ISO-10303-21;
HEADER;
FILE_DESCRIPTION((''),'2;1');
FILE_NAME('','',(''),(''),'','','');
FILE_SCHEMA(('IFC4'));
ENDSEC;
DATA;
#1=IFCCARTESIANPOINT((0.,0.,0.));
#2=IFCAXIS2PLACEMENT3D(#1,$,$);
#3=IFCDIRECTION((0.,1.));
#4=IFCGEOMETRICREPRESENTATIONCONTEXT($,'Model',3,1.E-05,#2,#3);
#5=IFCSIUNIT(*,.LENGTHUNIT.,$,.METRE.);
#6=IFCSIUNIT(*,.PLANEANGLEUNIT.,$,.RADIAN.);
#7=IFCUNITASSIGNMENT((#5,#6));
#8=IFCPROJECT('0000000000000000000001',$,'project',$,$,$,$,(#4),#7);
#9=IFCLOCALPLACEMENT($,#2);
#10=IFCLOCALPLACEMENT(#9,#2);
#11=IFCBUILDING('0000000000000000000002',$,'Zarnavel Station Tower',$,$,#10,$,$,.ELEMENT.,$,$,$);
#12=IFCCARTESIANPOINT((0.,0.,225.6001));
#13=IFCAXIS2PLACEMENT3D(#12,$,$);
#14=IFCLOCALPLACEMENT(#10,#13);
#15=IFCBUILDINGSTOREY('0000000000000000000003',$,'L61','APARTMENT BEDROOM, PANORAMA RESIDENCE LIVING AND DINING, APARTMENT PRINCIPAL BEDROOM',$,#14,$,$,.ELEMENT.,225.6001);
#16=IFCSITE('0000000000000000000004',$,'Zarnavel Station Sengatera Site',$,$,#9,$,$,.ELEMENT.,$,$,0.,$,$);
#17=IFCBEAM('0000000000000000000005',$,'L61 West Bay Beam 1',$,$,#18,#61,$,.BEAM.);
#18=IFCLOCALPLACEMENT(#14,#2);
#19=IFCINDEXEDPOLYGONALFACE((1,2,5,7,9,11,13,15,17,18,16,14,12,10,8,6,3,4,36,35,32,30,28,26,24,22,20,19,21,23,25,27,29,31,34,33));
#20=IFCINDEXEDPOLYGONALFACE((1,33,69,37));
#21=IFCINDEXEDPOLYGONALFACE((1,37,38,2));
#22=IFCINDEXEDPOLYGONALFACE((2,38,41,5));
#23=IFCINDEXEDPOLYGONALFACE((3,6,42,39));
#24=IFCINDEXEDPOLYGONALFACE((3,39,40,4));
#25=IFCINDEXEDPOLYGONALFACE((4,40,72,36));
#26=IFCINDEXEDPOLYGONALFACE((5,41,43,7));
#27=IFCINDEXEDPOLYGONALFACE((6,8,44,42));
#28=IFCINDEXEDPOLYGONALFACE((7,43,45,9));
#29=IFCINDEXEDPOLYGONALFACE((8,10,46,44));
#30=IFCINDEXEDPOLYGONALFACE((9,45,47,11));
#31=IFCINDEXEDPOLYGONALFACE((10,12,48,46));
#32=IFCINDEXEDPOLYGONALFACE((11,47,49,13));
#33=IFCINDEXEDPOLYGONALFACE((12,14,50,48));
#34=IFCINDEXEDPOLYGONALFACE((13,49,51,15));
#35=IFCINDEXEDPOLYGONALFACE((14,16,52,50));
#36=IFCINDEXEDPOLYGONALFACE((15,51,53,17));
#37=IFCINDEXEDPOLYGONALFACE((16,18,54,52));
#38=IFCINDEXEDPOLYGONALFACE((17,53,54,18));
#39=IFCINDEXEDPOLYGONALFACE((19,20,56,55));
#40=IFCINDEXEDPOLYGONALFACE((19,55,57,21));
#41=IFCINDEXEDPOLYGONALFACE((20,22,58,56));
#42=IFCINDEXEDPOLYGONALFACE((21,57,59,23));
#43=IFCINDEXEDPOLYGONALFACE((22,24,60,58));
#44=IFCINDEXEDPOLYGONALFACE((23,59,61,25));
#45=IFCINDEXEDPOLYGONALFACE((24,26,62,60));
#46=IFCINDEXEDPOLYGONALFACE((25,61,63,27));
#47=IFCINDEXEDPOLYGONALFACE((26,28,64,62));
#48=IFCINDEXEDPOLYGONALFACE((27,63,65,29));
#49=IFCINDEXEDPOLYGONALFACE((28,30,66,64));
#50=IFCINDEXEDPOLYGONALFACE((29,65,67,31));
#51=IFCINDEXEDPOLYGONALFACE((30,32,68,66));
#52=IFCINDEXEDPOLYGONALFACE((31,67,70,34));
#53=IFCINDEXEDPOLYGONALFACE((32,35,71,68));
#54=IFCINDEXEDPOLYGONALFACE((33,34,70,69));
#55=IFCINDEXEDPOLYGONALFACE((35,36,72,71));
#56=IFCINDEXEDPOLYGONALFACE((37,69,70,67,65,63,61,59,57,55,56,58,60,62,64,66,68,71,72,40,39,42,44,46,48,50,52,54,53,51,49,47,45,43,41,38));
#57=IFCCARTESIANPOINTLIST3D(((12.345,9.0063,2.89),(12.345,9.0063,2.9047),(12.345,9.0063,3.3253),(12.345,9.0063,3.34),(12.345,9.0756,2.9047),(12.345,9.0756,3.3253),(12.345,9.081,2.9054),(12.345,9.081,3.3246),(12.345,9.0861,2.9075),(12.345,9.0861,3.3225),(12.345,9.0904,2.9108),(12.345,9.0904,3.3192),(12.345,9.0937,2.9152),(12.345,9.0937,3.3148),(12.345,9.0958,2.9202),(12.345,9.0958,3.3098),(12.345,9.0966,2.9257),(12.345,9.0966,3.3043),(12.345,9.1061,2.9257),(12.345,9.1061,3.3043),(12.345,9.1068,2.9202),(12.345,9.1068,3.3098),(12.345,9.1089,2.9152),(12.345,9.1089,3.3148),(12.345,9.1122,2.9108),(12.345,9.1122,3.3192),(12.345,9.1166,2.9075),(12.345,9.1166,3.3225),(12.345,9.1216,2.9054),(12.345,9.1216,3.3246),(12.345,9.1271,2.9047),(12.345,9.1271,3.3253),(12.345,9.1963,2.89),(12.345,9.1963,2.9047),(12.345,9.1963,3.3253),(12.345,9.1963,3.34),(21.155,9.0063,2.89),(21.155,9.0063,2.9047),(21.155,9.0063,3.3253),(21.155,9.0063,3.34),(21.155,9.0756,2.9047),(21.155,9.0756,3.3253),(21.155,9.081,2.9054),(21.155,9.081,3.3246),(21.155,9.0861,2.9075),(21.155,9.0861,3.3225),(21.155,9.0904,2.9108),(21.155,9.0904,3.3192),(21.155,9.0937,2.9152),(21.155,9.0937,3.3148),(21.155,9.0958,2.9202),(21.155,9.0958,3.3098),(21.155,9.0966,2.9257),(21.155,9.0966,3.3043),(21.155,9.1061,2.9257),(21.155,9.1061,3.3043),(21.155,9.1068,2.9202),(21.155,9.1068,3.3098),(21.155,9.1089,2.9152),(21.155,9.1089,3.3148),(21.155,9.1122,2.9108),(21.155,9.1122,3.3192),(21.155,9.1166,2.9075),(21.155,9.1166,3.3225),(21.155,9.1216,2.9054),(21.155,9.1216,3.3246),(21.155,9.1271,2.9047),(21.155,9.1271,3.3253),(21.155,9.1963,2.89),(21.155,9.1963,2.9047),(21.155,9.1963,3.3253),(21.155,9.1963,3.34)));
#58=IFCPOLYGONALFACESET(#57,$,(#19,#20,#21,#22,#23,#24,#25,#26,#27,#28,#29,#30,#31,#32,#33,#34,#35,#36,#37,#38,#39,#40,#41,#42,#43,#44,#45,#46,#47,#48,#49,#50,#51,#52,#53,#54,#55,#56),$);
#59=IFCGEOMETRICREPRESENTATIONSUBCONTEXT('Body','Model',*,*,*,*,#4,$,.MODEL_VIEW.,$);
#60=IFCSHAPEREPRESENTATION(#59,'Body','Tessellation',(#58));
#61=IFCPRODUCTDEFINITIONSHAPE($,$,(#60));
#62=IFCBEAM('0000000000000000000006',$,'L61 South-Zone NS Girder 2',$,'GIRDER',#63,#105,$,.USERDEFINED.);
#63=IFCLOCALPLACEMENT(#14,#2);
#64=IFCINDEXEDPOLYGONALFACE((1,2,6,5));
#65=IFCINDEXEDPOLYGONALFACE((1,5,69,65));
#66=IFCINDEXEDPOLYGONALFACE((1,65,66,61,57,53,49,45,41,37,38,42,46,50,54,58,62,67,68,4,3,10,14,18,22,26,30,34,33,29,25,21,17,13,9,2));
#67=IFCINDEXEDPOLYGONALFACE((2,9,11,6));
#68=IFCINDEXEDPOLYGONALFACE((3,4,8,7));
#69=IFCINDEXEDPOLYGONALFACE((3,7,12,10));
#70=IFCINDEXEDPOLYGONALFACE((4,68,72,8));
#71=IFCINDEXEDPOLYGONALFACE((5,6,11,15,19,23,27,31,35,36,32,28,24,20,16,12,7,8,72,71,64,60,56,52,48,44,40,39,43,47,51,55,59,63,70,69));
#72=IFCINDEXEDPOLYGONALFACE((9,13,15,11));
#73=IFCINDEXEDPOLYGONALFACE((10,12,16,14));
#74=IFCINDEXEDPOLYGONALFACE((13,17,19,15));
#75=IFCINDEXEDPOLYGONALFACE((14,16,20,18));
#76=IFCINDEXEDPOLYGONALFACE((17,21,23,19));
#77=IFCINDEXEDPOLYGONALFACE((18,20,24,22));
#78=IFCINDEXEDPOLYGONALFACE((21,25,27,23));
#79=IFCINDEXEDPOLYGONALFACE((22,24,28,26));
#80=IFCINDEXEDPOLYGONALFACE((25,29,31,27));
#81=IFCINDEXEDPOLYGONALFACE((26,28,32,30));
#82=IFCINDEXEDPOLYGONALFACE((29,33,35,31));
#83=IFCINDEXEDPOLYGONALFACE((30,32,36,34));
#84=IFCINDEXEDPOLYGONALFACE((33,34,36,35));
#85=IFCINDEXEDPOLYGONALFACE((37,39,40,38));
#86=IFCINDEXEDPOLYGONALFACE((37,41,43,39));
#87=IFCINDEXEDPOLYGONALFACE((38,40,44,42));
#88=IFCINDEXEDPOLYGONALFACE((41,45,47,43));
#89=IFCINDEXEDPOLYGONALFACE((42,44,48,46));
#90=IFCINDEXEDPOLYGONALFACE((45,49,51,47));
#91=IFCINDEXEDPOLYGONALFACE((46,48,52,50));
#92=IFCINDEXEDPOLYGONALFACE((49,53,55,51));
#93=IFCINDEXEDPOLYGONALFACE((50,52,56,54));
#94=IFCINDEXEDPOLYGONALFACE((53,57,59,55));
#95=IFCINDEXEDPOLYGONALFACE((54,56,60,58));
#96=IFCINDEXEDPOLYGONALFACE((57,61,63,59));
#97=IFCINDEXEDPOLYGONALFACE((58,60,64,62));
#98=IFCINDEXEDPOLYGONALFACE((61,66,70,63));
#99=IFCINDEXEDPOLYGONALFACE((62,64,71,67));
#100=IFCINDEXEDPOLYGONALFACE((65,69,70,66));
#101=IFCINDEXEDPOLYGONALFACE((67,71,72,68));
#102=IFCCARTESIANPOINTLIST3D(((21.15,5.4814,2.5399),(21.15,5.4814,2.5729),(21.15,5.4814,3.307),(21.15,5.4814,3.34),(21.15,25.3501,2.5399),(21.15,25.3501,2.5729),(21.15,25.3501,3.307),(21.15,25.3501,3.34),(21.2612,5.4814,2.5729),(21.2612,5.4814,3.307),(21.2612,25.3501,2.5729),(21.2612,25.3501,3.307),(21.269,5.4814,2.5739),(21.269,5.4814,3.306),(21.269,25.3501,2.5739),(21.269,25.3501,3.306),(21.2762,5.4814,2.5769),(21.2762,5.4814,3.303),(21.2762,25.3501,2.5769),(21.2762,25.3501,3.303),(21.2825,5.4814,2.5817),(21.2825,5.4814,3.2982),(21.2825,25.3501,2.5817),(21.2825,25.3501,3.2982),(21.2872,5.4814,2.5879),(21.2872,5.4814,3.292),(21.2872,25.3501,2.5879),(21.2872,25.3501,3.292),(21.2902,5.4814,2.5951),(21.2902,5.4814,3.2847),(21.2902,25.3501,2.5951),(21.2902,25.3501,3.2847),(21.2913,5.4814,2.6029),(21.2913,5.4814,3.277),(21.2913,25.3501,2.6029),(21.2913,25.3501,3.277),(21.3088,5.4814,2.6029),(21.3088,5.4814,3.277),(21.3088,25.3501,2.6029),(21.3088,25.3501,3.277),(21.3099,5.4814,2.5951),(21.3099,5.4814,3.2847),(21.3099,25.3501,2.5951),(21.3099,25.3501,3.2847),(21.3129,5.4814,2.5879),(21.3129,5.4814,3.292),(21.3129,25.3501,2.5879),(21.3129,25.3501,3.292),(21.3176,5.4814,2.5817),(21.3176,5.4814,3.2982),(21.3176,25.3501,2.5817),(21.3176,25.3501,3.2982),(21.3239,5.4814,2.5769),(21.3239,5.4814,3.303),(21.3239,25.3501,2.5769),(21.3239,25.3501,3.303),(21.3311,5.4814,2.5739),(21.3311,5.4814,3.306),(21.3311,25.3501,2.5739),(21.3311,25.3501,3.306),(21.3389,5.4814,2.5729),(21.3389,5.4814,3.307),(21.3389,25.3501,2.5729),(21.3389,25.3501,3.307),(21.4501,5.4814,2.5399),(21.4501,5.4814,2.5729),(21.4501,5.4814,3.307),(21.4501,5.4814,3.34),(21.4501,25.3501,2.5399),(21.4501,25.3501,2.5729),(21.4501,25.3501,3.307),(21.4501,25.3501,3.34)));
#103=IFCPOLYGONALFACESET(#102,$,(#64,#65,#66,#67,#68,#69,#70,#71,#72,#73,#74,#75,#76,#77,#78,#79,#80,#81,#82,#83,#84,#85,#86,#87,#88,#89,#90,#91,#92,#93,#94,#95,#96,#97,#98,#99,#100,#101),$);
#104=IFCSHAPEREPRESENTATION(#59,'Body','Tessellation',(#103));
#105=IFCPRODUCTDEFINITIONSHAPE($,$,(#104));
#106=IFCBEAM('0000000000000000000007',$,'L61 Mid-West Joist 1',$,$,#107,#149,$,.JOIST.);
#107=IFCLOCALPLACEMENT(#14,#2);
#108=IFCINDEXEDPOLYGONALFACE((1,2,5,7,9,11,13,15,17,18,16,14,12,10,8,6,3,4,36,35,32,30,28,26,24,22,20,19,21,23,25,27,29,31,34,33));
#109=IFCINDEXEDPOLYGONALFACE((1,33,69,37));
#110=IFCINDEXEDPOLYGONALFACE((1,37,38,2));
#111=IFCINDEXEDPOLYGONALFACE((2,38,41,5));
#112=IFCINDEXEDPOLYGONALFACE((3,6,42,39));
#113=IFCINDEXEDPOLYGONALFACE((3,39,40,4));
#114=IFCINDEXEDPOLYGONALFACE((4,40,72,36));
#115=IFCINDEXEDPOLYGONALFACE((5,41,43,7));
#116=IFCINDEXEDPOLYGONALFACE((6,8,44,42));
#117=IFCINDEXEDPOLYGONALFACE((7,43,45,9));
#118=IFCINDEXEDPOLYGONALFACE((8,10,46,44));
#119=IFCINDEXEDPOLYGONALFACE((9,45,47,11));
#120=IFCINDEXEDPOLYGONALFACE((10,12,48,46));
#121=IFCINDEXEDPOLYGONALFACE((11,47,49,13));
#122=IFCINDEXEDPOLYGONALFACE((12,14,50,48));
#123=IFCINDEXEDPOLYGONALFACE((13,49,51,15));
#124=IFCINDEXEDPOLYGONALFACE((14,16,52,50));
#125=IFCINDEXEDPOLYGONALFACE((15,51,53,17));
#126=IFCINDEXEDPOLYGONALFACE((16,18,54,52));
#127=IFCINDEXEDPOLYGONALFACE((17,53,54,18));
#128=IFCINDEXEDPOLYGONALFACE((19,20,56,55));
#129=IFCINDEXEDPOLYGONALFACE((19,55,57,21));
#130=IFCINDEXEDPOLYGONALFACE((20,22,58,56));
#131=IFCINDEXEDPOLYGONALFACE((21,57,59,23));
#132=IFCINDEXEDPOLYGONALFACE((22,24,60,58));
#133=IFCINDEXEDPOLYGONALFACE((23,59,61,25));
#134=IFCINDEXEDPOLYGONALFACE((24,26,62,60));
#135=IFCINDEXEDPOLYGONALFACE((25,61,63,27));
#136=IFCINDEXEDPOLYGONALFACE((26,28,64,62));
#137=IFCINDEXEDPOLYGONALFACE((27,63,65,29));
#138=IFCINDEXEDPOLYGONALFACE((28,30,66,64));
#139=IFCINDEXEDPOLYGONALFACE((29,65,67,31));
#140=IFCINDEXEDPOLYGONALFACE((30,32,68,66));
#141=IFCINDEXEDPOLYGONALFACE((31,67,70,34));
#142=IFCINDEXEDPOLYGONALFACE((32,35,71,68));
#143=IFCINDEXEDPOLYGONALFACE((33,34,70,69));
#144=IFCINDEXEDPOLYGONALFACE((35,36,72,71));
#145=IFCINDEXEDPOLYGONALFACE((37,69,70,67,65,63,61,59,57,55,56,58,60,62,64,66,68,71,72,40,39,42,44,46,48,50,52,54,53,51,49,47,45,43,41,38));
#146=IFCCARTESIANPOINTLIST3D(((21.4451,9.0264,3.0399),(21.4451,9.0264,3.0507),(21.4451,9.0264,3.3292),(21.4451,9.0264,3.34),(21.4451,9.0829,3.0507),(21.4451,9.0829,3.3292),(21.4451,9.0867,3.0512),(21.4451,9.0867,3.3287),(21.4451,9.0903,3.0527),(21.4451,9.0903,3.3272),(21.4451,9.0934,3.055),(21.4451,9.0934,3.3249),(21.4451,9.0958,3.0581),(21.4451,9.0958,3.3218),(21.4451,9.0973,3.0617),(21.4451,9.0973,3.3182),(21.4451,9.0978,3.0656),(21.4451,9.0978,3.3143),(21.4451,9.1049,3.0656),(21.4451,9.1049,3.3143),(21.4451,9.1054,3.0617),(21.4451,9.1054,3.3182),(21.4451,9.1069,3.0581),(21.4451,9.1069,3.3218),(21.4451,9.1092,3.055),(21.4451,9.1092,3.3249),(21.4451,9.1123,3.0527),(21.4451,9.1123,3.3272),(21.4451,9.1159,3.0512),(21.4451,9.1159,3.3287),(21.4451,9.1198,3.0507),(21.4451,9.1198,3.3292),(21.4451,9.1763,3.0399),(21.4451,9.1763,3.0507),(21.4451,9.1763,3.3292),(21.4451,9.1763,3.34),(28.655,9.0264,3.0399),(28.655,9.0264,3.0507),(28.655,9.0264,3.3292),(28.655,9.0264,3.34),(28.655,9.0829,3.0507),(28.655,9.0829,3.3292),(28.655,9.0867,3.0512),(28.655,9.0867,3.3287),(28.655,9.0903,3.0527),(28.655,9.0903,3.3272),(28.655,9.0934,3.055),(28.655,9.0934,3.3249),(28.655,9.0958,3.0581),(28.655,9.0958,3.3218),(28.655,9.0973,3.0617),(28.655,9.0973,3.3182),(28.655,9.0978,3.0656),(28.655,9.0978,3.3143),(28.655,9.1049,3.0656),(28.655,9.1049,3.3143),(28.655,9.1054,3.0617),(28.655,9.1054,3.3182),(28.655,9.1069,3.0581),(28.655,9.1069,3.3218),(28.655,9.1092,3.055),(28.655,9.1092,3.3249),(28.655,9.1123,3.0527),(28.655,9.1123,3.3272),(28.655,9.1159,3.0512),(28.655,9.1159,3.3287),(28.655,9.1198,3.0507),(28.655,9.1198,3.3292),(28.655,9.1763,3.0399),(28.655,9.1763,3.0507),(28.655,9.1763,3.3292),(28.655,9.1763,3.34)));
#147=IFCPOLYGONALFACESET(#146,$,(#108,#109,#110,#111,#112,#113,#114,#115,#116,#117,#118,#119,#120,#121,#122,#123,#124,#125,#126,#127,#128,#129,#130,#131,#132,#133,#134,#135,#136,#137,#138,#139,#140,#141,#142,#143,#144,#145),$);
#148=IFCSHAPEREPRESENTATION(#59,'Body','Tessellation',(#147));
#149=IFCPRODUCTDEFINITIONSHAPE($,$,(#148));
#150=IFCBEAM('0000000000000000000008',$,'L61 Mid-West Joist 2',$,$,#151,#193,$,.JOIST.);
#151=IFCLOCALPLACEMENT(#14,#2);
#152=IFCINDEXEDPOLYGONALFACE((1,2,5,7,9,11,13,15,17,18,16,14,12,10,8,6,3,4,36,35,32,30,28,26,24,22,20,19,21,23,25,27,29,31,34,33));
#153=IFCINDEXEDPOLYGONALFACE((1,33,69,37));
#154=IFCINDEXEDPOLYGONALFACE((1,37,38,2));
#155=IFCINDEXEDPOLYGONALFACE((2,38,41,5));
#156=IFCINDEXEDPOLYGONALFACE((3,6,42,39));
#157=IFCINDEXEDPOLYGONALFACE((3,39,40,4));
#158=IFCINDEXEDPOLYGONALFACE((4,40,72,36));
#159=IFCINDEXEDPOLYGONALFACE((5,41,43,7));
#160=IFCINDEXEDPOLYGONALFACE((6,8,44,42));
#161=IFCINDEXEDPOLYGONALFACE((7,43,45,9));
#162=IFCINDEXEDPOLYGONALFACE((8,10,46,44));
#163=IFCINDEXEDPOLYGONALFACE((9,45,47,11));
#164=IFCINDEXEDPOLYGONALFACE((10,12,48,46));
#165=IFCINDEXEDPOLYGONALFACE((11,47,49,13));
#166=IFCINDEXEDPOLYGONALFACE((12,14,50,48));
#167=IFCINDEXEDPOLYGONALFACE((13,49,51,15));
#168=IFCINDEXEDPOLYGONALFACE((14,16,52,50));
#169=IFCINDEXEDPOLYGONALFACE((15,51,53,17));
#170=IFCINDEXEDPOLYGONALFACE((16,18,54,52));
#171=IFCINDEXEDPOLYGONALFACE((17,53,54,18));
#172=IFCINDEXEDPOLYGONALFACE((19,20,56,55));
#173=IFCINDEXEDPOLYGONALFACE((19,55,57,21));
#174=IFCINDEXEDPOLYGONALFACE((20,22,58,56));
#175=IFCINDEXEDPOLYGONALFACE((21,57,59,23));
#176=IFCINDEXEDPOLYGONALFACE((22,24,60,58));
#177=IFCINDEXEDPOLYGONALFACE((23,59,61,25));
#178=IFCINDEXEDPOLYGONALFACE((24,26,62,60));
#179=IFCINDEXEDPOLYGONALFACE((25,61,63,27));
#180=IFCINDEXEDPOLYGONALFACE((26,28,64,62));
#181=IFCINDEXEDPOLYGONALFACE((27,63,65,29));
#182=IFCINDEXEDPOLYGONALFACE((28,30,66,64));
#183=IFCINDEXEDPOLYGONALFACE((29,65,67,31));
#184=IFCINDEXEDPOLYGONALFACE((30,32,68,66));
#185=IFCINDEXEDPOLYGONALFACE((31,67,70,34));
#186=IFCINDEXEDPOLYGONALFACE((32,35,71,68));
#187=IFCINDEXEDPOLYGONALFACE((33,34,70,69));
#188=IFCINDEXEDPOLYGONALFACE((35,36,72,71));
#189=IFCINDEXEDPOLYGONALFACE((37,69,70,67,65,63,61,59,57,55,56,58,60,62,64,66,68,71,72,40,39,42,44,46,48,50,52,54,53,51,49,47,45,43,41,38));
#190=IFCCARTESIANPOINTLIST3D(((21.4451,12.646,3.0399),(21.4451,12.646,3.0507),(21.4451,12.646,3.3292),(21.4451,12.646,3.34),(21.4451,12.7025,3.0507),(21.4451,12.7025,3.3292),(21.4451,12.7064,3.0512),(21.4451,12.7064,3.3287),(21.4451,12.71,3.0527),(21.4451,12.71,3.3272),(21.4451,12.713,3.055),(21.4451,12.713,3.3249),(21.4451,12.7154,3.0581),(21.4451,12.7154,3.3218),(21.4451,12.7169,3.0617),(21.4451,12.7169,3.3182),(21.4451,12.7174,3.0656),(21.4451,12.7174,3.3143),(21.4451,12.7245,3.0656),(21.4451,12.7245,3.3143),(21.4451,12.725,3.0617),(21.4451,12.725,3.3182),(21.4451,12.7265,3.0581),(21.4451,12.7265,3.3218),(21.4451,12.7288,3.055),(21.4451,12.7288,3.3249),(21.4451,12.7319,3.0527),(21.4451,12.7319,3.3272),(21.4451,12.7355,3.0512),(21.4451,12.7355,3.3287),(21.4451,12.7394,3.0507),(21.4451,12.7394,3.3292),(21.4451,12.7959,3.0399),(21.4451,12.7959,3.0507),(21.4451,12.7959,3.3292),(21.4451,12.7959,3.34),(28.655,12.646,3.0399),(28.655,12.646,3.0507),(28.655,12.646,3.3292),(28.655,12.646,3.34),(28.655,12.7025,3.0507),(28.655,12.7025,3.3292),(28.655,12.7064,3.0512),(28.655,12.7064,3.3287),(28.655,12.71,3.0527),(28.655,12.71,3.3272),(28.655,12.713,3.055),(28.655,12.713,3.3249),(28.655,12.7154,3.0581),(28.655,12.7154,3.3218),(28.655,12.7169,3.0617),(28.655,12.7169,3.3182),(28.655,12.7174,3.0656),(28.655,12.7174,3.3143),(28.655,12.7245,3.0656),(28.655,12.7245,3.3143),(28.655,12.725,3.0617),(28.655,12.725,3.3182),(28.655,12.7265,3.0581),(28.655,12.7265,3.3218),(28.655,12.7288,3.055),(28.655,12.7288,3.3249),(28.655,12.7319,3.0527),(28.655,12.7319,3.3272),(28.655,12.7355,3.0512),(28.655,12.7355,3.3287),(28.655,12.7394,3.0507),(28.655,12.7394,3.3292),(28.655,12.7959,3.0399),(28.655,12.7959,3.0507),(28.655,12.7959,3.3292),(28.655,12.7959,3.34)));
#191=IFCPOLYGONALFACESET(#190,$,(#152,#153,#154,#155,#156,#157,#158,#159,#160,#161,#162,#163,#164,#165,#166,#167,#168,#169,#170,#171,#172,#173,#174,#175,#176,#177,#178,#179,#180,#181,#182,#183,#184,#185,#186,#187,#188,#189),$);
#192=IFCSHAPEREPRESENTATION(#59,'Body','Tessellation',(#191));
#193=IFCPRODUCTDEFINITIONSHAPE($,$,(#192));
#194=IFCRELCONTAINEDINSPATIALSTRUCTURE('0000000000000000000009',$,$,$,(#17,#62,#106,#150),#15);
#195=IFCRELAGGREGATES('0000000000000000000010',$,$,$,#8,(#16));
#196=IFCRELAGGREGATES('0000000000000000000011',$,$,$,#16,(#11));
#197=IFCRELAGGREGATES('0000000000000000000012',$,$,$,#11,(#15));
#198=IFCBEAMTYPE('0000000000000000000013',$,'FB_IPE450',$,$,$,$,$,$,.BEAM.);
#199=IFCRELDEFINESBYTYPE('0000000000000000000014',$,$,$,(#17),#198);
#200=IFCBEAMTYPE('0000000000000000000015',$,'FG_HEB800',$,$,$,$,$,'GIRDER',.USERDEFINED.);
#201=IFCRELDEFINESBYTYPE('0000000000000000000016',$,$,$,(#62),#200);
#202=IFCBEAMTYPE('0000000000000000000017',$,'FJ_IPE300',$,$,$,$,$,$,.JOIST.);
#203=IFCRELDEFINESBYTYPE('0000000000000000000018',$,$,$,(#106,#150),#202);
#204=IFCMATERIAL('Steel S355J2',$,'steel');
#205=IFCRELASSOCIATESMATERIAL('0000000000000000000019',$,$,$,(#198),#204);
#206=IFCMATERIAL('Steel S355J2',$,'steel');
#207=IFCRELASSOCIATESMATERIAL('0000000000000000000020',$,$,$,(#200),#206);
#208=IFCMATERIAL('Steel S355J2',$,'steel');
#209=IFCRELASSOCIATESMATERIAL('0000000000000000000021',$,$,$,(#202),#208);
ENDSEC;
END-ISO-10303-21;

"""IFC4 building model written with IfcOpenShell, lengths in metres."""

from ifc_helpers import new_model, si_unit, direction, frame, origin, origin_2d, place, context, subcontext, project, spatial, i_section, extrude, material, material_profile, profile_set, type_object, element, save


model = new_model("IFC4")

# Units and contexts
model_context = context("Model", 3, precision=1e-05, world=origin(), true_north=direction((0.0, 1.0)))
body_context = subcontext(model_context, "Body", "Model", "MODEL_VIEW")
ifc_project = project(units=[si_unit("LENGTHUNIT", "METRE"), si_unit("PLANEANGLEUNIT", "RADIAN")], contexts=[model_context])

# Site, building, storey
site_placement = place(None, origin())
site = spatial("IfcSite", under=ifc_project, at=site_placement, Name="Zarnavel Station Sengatera Site", CompositionType="ELEMENT", RefElevation=0.0)
building_placement = place(site_placement, origin())
building = spatial("IfcBuilding", under=site, at=building_placement, Name="Zarnavel Station Tower", CompositionType="ELEMENT")
storey_placement = place(building_placement, frame((0.0, 0.0, 225.6001)))
storey = spatial("IfcBuildingStorey", under=building, at=storey_placement, Name="L61", Description="APARTMENT BEDROOM, PANORAMA RESIDENCE LIVING AND DINING, APARTMENT PRINCIPAL BEDROOM", CompositionType="ELEMENT", Elevation=225.6001)

# Beams
ifc_material_1 = material(Name="Steel S355J2", Category="steel")
ifc_material_profile_1 = material_profile(ifc_material_1, i_section(OverallWidth=0.1899, OverallDepth=0.45, WebThickness=0.0095, FlangeThickness=0.0146, FilletRadius=0.021, at=origin_2d()), Name="IPE450")
ifc_profile_set_1 = profile_set([ifc_material_profile_1], Name="Steel S355J2")
beam_type_1 = type_object("IfcBeamType", Name="FB_IPE450", PredefinedType="BEAM", material=ifc_profile_set_1)
beam_1_placement = place(storey_placement, frame((12.345, 9.1013, 3.115), z_axis=(1.0, 0.0, 0.0), x_axis=(0.0, 1.0, 0.0)))
element("IfcBeam", 1, at=beam_1_placement, inside=storey, type_object=beam_type_1, Name="L61 West Bay Beam 1", PredefinedType="BEAM", context=body_context, shape_type="SweptSolid", body=[
    extrude(i_section(OverallWidth=0.1899, OverallDepth=0.45, WebThickness=0.0095, FlangeThickness=0.0146, FilletRadius=0.021, at=origin_2d()), origin(), (0.0, 0.0, 1.0), 8.8101),
])
ifc_material_2 = material(Name="Steel S355J2", Category="steel")
ifc_material_profile_2 = material_profile(ifc_material_2, i_section(OverallWidth=0.3, OverallDepth=0.8, WebThickness=0.0176, FlangeThickness=0.033, FilletRadius=0.03, at=origin_2d()), Name="HEB800")
ifc_profile_set_2 = profile_set([ifc_material_profile_2], Name="Steel S355J2")
beam_type_2 = type_object("IfcBeamType", Name="FG_HEB800", ElementType="GIRDER", PredefinedType="USERDEFINED", material=ifc_profile_set_2)
beam_2_placement = place(storey_placement, frame((21.3, 5.4814, 2.9399), z_axis=(0.0, 1.0, 0.0), x_axis=(-1.0, 0.0, 0.0)))
element("IfcBeam", 2, at=beam_2_placement, inside=storey, type_object=beam_type_2, Name="L61 South-Zone NS Girder 2", ObjectType="GIRDER", PredefinedType="USERDEFINED", context=body_context, shape_type="SweptSolid", body=[
    extrude(i_section(OverallWidth=0.3, OverallDepth=0.8, WebThickness=0.0176, FlangeThickness=0.033, FilletRadius=0.03, at=origin_2d()), origin(), (0.0, 0.0, 1.0), 19.8687),
])
ifc_material_3 = material(Name="Steel S355J2", Category="steel")
ifc_material_profile_3 = material_profile(ifc_material_3, i_section(OverallWidth=0.1499, OverallDepth=0.3, WebThickness=0.0071, FlangeThickness=0.0107, FilletRadius=0.0149, at=origin_2d()), Name="IPE300")
ifc_profile_set_3 = profile_set([ifc_material_profile_3], Name="Steel S355J2")
beam_type_3 = type_object("IfcBeamType", Name="FJ_IPE300", PredefinedType="JOIST", material=ifc_profile_set_3)
for number, where, z_axis, x_axis, name in (
    (3, (21.4451, 9.1013, 3.1899), (1.0, 0.0, 0.0), (0.0, 1.0, 0.0), "L61 Mid-West Joist 1"),
    (4, (21.4451, 12.7209, 3.1899), (1.0, 0.0, 0.0), (0.0, 1.0, 0.0), "L61 Mid-West Joist 2"),
):
    element("IfcBeam", number, at=place(storey_placement, frame(where, z_axis=z_axis, x_axis=x_axis)), inside=storey, type_object=beam_type_3, Name=name, PredefinedType="JOIST", context=body_context, shape_type="SweptSolid", body=[
        extrude(i_section(OverallWidth=0.1499, OverallDepth=0.3, WebThickness=0.0071, FlangeThickness=0.0107, FilletRadius=0.0149, at=origin_2d()), origin(), (0.0, 0.0, 1.0), 7.21),
    ])

save(model, "model.ifc")
